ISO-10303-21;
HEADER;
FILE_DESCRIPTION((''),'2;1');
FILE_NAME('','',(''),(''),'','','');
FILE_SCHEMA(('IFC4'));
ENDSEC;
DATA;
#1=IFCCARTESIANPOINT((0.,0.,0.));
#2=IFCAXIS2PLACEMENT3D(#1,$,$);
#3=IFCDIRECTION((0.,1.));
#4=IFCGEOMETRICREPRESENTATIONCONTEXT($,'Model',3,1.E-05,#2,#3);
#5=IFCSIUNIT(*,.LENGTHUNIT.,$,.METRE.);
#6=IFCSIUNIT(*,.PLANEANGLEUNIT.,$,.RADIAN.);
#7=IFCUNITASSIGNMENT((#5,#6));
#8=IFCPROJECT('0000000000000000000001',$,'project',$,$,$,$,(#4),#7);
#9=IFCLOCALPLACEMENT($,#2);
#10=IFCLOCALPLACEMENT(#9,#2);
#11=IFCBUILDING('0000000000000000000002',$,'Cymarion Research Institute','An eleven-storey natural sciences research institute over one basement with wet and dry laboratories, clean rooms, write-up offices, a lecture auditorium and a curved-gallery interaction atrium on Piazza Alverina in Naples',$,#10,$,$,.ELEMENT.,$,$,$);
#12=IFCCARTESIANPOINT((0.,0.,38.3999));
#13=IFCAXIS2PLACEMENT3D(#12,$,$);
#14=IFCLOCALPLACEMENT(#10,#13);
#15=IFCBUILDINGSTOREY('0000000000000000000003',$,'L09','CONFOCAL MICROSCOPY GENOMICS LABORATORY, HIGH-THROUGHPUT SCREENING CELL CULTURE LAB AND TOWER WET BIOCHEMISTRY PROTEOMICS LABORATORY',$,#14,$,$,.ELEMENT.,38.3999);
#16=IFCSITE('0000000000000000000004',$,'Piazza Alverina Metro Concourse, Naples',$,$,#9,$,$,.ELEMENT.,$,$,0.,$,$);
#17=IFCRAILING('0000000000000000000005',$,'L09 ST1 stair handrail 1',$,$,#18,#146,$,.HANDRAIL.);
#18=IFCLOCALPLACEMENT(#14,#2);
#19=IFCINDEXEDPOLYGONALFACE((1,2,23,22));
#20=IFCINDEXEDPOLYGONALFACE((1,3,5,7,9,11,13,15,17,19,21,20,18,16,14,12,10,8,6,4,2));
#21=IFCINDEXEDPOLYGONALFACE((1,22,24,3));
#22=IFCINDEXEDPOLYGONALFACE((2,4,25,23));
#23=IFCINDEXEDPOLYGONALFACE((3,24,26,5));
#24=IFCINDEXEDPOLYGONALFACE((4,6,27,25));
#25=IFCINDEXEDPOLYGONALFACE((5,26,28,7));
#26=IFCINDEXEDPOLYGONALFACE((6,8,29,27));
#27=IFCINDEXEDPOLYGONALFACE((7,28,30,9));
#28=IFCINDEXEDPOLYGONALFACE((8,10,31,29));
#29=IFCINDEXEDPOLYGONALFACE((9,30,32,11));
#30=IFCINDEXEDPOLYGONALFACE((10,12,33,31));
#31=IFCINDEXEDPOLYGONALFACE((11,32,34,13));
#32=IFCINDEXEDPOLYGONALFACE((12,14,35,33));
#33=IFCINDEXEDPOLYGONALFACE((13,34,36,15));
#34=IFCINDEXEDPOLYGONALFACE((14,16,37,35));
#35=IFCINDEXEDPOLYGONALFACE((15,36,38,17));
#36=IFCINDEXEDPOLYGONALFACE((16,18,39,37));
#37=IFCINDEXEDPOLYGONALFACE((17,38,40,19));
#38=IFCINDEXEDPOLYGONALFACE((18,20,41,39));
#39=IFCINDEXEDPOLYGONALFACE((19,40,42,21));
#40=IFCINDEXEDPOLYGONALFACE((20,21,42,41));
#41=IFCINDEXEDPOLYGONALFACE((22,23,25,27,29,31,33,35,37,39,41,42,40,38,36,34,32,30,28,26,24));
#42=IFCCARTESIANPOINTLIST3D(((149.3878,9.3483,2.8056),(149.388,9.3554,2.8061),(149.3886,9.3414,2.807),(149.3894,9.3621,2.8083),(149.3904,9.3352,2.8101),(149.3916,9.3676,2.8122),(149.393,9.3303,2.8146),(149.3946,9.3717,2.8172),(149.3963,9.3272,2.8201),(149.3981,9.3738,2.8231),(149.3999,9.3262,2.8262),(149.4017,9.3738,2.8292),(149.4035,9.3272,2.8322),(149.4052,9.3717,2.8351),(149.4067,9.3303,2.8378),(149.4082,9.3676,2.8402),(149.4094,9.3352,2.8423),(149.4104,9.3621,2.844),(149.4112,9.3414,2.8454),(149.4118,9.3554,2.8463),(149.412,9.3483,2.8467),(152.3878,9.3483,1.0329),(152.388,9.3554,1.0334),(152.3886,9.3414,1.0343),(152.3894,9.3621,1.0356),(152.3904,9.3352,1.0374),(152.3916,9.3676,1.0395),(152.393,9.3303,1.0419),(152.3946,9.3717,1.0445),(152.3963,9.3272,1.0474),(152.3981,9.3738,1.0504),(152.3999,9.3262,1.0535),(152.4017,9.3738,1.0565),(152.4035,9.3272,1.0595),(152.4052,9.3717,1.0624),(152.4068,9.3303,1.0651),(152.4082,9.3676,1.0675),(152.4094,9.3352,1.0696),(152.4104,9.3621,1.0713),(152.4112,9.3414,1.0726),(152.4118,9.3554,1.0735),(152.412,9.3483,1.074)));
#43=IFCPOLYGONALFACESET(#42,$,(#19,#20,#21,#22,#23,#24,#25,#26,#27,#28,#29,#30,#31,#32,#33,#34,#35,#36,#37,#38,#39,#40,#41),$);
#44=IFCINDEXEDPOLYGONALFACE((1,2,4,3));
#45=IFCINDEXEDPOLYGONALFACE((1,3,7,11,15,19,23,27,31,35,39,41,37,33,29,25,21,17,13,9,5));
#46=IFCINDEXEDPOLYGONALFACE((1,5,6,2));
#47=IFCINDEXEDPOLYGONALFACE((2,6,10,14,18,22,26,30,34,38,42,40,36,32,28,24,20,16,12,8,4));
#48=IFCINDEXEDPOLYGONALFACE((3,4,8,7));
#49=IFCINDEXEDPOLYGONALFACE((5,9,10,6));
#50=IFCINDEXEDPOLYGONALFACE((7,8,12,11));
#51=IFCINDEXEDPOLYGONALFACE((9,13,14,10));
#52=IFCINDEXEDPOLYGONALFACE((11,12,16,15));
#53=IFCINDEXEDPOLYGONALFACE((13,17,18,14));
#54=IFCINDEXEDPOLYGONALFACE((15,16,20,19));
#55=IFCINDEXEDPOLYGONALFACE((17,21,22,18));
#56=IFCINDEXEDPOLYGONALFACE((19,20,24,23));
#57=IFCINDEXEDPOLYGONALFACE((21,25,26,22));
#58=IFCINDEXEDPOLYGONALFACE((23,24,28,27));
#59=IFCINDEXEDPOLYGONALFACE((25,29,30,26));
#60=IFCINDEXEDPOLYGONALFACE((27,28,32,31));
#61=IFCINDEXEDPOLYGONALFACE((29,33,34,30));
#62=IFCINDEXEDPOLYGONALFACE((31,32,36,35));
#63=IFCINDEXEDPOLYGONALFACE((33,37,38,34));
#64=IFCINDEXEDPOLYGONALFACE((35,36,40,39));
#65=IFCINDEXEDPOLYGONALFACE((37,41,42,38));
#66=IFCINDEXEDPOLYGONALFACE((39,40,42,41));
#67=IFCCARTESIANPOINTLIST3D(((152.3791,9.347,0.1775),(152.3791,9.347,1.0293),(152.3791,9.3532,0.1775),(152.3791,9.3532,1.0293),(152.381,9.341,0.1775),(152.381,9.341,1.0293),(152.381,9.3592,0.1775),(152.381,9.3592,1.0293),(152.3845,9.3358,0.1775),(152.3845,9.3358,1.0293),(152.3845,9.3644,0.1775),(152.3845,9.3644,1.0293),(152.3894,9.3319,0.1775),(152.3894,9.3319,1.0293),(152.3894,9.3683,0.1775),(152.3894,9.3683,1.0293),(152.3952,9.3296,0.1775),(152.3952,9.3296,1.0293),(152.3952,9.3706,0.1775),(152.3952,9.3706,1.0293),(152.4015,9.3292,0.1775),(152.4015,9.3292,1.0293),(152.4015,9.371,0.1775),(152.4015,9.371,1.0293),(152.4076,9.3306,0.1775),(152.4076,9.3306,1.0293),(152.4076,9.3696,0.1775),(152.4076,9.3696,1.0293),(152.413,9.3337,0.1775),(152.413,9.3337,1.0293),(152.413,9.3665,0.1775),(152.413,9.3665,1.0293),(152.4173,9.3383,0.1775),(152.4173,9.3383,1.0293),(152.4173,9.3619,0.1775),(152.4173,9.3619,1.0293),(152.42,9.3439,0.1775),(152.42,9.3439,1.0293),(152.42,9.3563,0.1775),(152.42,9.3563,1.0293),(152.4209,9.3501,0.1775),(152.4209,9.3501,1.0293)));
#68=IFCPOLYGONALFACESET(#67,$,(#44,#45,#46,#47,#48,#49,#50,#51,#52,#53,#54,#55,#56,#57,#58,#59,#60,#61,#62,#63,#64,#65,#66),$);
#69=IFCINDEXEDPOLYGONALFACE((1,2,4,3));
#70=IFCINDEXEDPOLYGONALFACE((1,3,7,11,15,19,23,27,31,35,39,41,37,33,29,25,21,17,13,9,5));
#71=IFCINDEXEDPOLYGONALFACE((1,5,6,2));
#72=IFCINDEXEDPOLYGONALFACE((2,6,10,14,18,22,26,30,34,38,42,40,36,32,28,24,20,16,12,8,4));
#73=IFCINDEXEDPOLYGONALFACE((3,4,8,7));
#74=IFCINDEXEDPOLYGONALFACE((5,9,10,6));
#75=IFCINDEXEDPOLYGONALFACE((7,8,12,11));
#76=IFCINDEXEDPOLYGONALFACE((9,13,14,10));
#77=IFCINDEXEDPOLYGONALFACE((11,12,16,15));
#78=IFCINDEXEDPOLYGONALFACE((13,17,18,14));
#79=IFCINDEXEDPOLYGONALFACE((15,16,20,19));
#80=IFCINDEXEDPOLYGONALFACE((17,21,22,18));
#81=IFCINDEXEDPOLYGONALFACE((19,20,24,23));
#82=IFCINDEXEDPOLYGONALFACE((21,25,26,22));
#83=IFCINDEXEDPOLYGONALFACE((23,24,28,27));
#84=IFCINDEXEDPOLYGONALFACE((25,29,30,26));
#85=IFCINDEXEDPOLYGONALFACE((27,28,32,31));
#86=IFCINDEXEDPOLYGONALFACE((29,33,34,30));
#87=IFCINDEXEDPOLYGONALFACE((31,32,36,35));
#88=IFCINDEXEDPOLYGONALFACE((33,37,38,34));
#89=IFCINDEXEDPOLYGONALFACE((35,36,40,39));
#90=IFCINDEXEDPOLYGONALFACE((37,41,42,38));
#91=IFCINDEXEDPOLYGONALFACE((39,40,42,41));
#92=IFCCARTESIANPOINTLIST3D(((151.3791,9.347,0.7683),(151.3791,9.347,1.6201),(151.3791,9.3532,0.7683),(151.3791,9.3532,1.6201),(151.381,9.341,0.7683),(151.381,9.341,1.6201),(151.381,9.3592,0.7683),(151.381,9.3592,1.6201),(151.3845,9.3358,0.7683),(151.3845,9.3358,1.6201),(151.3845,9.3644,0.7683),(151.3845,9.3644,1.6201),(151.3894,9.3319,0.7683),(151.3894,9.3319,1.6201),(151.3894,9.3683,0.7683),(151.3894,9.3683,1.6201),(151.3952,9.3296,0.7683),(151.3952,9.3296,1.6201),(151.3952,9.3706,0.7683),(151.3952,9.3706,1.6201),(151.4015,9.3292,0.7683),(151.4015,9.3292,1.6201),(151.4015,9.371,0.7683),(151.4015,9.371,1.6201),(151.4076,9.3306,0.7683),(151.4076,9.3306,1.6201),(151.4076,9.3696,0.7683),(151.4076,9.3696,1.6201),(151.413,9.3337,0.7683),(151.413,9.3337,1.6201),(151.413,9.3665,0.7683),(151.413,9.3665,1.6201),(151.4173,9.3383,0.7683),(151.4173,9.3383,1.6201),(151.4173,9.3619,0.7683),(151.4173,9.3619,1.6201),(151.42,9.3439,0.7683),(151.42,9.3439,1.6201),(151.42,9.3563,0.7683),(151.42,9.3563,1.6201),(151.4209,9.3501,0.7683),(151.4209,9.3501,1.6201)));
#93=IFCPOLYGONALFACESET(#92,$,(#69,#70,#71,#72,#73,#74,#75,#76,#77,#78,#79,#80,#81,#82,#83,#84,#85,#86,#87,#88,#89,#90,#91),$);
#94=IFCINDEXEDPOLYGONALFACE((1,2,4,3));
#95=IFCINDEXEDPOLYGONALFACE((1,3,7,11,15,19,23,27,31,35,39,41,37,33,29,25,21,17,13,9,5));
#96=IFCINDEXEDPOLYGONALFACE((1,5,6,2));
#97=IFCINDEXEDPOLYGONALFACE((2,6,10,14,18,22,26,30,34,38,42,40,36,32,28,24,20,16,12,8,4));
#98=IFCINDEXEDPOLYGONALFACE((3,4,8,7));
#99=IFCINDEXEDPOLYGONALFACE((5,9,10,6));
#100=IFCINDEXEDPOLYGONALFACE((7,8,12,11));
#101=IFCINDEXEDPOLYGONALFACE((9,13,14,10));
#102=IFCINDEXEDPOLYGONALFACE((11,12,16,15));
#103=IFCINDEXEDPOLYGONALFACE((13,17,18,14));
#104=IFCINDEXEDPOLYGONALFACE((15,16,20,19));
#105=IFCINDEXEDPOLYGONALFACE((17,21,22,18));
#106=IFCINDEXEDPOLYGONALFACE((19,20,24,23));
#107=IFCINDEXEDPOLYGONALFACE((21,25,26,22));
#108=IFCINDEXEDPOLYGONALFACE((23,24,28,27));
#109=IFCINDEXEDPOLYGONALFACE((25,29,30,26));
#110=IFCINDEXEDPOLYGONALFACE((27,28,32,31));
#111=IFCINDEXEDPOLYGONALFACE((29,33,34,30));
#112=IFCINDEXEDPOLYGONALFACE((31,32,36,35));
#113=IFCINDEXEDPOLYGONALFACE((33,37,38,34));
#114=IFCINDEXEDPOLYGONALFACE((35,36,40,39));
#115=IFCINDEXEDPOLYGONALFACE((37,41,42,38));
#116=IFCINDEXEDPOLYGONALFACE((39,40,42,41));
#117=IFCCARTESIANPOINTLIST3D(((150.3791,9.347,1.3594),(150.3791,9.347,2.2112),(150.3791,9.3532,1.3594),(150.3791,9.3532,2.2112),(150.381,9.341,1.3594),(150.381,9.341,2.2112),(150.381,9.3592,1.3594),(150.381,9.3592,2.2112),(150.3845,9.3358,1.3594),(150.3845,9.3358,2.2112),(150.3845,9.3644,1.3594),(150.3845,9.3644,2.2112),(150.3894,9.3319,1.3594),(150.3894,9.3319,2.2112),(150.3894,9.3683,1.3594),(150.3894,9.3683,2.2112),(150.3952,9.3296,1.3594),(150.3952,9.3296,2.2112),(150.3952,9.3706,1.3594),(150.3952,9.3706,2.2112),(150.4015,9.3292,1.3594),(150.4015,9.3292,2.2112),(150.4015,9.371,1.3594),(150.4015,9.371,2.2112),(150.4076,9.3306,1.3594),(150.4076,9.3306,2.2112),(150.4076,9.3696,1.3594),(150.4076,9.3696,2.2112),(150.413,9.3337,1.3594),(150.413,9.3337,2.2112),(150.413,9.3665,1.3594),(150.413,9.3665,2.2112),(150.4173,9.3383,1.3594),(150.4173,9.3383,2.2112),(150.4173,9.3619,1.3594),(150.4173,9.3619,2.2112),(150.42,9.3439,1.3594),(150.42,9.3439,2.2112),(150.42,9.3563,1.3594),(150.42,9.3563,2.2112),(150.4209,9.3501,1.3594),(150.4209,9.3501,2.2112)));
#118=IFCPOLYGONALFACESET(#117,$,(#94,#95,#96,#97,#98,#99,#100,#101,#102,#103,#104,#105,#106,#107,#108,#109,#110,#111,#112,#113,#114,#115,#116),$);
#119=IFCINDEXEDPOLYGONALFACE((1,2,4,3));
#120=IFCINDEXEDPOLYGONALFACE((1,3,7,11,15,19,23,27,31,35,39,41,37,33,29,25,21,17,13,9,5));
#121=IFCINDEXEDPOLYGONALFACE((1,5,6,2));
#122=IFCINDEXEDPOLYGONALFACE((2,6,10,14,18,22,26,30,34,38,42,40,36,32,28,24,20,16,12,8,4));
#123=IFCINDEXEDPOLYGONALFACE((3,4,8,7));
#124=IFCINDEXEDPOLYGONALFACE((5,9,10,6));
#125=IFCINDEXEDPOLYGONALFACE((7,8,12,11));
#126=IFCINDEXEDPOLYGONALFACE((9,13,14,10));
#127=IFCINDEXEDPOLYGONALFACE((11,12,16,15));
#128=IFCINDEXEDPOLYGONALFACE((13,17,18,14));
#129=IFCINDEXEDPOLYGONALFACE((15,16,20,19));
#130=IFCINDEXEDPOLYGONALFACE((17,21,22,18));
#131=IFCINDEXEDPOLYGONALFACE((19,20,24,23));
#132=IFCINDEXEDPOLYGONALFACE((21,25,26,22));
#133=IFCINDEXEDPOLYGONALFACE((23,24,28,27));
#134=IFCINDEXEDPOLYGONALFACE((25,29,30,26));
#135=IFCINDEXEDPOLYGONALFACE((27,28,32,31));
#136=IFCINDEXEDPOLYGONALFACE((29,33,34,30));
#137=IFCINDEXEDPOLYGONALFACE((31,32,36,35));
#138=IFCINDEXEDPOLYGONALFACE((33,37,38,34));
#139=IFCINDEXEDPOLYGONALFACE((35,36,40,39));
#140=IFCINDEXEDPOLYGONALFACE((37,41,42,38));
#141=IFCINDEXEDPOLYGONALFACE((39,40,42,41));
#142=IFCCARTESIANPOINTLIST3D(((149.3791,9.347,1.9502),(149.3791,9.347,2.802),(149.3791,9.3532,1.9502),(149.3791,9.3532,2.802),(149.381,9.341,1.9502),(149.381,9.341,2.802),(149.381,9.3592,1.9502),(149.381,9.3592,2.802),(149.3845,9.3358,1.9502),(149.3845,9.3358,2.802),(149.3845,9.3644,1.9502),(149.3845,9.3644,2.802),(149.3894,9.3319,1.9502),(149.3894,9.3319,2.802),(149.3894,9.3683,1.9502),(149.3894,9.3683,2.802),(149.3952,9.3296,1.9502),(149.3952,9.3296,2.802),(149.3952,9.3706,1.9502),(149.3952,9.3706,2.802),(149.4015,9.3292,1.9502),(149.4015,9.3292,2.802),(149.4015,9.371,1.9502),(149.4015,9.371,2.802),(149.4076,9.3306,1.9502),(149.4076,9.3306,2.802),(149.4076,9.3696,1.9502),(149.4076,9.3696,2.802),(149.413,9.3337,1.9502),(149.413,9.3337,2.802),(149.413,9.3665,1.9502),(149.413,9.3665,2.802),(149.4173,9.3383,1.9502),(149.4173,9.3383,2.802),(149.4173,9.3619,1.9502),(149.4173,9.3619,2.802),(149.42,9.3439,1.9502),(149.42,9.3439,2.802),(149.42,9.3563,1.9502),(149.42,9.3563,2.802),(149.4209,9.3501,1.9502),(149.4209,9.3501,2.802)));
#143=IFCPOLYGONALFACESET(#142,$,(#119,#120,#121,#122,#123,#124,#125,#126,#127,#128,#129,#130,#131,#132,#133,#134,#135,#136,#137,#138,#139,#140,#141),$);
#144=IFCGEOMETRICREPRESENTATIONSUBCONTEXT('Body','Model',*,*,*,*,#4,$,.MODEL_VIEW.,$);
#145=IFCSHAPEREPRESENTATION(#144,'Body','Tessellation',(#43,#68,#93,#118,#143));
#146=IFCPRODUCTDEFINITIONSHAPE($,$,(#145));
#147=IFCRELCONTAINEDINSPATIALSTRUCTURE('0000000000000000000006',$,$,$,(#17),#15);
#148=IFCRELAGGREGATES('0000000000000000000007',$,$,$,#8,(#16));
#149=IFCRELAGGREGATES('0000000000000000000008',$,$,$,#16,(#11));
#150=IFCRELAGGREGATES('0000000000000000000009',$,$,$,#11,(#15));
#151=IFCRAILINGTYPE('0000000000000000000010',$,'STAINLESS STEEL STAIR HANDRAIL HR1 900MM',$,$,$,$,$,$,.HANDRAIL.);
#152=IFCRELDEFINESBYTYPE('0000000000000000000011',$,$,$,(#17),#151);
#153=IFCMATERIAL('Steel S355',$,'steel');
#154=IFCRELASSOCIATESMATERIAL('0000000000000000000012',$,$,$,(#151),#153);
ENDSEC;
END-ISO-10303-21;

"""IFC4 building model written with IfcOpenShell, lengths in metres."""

from ifc_helpers import new_model, si_unit, direction, frame, origin, origin_2d, place, context, subcontext, project, spatial, circle, extrude, material, type_object, element, save


model = new_model("IFC4")

# Units and contexts
model_context = context("Model", 3, precision=1e-05, world=origin(), true_north=direction((0.0, 1.0)))
body_context = subcontext(model_context, "Body", "Model", "MODEL_VIEW")
ifc_project = project(units=[si_unit("LENGTHUNIT", "METRE"), si_unit("PLANEANGLEUNIT", "RADIAN")], contexts=[model_context])

# Site, building, storey
site_placement = place(None, origin())
site = spatial("IfcSite", under=ifc_project, at=site_placement, Name="Piazza Alverina Metro Concourse, Naples", CompositionType="ELEMENT", RefElevation=0.0)
building_placement = place(site_placement, origin())
building = spatial("IfcBuilding", under=site, at=building_placement, Name="Cymarion Research Institute", Description="An eleven-storey natural sciences research institute over one basement with wet and dry laboratories, clean rooms, write-up offices, a lecture auditorium and a curved-gallery interaction atrium on Piazza Alverina in Naples", CompositionType="ELEMENT")
storey_placement = place(building_placement, frame((0.0, 0.0, 38.3999)))
storey = spatial("IfcBuildingStorey", under=building, at=storey_placement, Name="L09", Description="CONFOCAL MICROSCOPY GENOMICS LABORATORY, HIGH-THROUGHPUT SCREENING CELL CULTURE LAB AND TOWER WET BIOCHEMISTRY PROTEOMICS LABORATORY", CompositionType="ELEMENT", Elevation=38.3999)

# Shared definitions
ifc_material_1 = material(Name="Steel S355", Category="steel")

# Railing
railing_type_1 = type_object("IfcRailingType", Name="STAINLESS STEEL STAIR HANDRAIL HR1 900MM", PredefinedType="HANDRAIL", material=ifc_material_1)
railing_1_placement = place(storey_placement, frame((152.3999, 9.3501, 0.1775)))
element("IfcRailing", 1, at=railing_1_placement, inside=storey, type_object=railing_type_1, Name="L09 ST1 stair handrail 1", PredefinedType="HANDRAIL", context=body_context, shape_type="SweptSolid", body=[
    extrude(circle(Radius=0.0239, at=origin_2d()), frame((0.0, 0.0, 0.876), z_axis=(-0.860929, 0.0, 0.508725), x_axis=(0.0, -1.0, 0.0)), (0.0, 0.0, 1.0), 3.4846),
    extrude(circle(Radius=0.021, at=origin_2d()), origin(), (0.0, 0.0, 1.0), 0.8518),
    extrude(circle(Radius=0.021, at=origin_2d()), frame((-1.0, 0.0, 0.5908)), (0.0, 0.0, 1.0), 0.8518),
    extrude(circle(Radius=0.021, at=origin_2d()), frame((-2.0, 0.0, 1.1819)), (0.0, 0.0, 1.0), 0.8518),
    extrude(circle(Radius=0.021, at=origin_2d()), frame((-3.0, 0.0, 1.7727)), (0.0, 0.0, 1.0), 0.8518),
])

save(model, "model.ifc")
